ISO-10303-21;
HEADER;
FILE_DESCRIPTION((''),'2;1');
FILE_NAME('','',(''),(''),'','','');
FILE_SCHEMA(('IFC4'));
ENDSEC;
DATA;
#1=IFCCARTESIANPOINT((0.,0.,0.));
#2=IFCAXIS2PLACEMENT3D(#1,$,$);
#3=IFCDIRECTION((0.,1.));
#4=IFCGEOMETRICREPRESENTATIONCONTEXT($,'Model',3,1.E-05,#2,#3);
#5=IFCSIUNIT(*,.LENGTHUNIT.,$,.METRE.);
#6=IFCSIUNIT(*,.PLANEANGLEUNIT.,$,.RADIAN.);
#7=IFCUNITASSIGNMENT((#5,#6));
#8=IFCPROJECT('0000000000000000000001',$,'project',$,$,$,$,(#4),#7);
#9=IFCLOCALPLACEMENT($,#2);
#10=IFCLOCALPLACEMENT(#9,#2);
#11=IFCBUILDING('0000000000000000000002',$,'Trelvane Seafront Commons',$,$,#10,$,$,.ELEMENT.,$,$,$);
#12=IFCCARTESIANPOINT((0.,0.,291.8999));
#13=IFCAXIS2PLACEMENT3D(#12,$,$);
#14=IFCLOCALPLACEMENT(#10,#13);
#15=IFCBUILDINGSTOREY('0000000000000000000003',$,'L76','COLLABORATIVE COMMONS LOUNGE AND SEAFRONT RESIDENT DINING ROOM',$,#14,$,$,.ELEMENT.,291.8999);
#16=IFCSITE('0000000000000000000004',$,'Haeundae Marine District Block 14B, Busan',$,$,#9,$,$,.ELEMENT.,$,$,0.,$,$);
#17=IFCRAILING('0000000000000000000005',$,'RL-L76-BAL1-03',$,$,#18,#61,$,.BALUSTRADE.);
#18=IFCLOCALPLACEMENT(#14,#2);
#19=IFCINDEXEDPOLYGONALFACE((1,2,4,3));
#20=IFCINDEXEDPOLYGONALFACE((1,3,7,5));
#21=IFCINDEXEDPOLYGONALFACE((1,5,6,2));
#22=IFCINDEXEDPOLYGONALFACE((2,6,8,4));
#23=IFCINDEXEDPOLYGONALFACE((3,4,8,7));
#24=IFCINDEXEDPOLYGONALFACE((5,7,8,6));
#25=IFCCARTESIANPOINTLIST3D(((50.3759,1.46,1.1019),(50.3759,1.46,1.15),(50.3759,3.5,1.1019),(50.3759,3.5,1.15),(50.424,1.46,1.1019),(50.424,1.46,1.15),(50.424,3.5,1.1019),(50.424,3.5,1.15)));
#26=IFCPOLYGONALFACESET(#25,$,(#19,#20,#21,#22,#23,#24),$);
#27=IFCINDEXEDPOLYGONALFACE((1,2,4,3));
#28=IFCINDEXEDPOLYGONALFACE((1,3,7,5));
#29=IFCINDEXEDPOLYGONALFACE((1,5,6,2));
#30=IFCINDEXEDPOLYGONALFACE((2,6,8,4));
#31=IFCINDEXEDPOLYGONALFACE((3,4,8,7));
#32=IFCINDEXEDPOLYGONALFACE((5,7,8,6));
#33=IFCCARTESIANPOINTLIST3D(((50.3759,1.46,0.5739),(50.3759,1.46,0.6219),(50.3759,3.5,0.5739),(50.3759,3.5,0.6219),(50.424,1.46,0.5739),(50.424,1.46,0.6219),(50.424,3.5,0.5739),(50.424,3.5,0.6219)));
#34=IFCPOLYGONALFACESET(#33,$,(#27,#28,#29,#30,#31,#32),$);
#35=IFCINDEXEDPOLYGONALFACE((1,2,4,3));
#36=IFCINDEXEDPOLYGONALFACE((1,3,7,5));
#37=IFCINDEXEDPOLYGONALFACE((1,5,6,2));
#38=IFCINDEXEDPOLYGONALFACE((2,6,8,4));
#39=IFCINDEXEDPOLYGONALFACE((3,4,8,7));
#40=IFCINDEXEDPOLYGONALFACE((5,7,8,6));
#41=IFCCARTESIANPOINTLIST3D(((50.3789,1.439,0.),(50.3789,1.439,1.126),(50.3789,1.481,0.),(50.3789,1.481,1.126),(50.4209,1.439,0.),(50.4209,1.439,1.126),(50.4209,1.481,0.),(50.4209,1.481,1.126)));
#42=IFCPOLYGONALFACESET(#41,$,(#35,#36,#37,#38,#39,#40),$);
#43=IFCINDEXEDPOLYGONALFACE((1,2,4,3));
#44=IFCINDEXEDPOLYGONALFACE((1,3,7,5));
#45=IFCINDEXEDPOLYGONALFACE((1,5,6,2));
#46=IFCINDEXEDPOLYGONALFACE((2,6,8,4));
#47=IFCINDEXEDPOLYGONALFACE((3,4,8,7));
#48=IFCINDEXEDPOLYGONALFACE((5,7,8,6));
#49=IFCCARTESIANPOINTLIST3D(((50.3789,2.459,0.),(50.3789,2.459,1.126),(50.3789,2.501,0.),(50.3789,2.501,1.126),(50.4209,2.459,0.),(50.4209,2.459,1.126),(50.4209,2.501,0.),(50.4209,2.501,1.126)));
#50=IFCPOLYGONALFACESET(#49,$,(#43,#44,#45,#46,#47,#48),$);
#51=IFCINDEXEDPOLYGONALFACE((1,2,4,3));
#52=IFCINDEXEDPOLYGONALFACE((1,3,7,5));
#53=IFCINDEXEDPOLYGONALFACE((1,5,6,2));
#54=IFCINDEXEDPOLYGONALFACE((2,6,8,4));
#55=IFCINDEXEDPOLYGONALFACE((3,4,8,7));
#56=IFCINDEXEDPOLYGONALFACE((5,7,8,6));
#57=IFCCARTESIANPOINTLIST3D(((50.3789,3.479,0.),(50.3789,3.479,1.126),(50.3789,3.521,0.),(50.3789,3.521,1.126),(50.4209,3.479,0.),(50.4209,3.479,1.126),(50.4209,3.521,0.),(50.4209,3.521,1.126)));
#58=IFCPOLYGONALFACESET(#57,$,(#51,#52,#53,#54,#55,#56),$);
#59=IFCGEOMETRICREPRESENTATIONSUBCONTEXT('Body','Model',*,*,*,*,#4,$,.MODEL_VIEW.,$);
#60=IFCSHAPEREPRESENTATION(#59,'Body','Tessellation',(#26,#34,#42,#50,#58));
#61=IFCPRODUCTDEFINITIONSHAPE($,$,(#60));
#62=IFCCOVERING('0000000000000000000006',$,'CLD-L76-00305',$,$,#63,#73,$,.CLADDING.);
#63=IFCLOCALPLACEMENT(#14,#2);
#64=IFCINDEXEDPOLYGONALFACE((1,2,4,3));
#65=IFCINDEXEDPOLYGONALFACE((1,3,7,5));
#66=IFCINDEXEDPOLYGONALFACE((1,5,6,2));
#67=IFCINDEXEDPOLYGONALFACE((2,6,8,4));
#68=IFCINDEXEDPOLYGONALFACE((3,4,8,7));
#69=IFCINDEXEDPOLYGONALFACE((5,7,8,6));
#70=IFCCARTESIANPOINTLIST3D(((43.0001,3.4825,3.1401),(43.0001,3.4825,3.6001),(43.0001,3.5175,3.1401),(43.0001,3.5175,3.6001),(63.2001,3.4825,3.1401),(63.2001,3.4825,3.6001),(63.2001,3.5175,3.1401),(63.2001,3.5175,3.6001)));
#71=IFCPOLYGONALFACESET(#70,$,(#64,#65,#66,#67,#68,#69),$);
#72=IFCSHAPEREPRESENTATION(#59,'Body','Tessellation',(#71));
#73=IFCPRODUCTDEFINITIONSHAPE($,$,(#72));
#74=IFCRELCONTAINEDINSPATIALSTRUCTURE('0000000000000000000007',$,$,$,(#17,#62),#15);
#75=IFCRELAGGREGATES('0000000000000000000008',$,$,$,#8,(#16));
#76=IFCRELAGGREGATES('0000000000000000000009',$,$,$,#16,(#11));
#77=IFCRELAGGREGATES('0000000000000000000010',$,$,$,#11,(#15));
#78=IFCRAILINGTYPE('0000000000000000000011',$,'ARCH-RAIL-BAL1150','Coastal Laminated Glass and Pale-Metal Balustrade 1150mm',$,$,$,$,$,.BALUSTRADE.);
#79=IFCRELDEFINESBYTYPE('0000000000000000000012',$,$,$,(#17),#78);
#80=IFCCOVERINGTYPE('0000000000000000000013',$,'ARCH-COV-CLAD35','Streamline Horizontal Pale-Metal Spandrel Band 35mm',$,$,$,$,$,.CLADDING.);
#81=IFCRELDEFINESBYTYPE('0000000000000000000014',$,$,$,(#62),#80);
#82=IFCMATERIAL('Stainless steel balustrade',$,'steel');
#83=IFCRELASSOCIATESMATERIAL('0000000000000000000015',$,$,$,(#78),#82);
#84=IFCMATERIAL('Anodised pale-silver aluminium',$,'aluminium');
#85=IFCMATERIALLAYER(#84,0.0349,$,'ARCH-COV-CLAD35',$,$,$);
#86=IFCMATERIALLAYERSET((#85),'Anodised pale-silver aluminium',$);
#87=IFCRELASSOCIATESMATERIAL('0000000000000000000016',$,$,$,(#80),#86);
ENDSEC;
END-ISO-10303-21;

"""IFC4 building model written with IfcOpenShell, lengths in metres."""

from ifc_helpers import new_model, si_unit, direction, frame, origin, origin_2d, place, context, subcontext, project, spatial, rectangle, extrude, source, transform, mapped, material, layer, layer_set, type_object, element, save


model = new_model("IFC4")

# Units and contexts
model_context = context("Model", 3, precision=1e-05, world=origin(), true_north=direction((0.0, 1.0)))
body_context = subcontext(model_context, "Body", "Model", "MODEL_VIEW")
ifc_project = project(units=[si_unit("LENGTHUNIT", "METRE"), si_unit("PLANEANGLEUNIT", "RADIAN")], contexts=[model_context])

# Site, building, storey
site_placement = place(None, origin())
site = spatial("IfcSite", under=ifc_project, at=site_placement, Name="Haeundae Marine District Block 14B, Busan", CompositionType="ELEMENT", RefElevation=0.0)
building_placement = place(site_placement, origin())
building = spatial("IfcBuilding", under=site, at=building_placement, Name="Trelvane Seafront Commons", CompositionType="ELEMENT")
storey_placement = place(building_placement, frame((0.0, 0.0, 291.8999)))
storey = spatial("IfcBuildingStorey", under=building, at=storey_placement, Name="L76", Description="COLLABORATIVE COMMONS LOUNGE AND SEAFRONT RESIDENT DINING ROOM", CompositionType="ELEMENT", Elevation=291.8999)

# Shared definitions
ifc_material_1 = material(Name="Anodised pale-silver aluminium", Category="aluminium")

# Railing
ifc_material_2 = material(Name="Stainless steel balustrade", Category="steel")
railing_type = type_object("IfcRailingType", Name="ARCH-RAIL-BAL1150", Description="Coastal Laminated Glass and Pale-Metal Balustrade 1150mm", PredefinedType="BALUSTRADE", material=ifc_material_2)
railing_placement = place(storey_placement, frame((50.3999, 1.46, 0.0)))
element("IfcRailing", 1, at=railing_placement, inside=storey, type_object=railing_type, Name="RL-L76-BAL1-03", PredefinedType="BALUSTRADE", context=body_context, shape_type="SweptSolid", body=[
    extrude(rectangle(XDim=0.0481, YDim=0.0481, at=origin_2d()), frame((0.0, 0.0, 1.126), z_axis=(0.0, 1.0, 0.0), x_axis=(-1.0, 0.0, 0.0)), (0.0, 0.0, 1.0), 2.04),
    extrude(rectangle(XDim=0.0481, YDim=0.0481, at=origin_2d()), frame((0.0, 0.0, 0.5979), z_axis=(0.0, 1.0, 0.0), x_axis=(-1.0, 0.0, 0.0)), (0.0, 0.0, 1.0), 2.04),
    extrude(rectangle(XDim=0.042, YDim=0.042, at=origin_2d()), origin(), (0.0, 0.0, 1.0), 1.126),
    extrude(rectangle(XDim=0.042, YDim=0.042, at=origin_2d()), frame((0.0, 1.02, 0.0)), (0.0, 0.0, 1.0), 1.126),
    extrude(rectangle(XDim=0.042, YDim=0.042, at=origin_2d()), frame((0.0, 2.04, 0.0)), (0.0, 0.0, 1.0), 1.126),
])

# Covering
ifc_layer_1 = layer(ifc_material_1, 0.0349, Name="ARCH-COV-CLAD35")
ifc_layer_set_1 = layer_set([ifc_layer_1], Name="Anodised pale-silver aluminium")
covering_type = type_object("IfcCoveringType", Name="ARCH-COV-CLAD35", Description="Streamline Horizontal Pale-Metal Spandrel Band 35mm", PredefinedType="CLADDING", material=ifc_layer_set_1)
shared_shape_1 = source(origin(), body_context, "Body", "SweptSolid", [
    extrude(rectangle(XDim=20.2, YDim=0.0349, at=origin_2d()), origin(), (0.0, 0.0, 1.0), 0.46),
])
covering_placement = place(storey_placement, frame((53.1001, 3.5, 3.1401), z_axis=(0.0, 0.0, 1.0), x_axis=(-1.0, 0.0, 0.0)))
element("IfcCovering", 2, at=covering_placement, inside=storey, type_object=covering_type, Name="CLD-L76-00305", PredefinedType="CLADDING", context=body_context, shape_type="MappedRepresentation", body=[
    mapped(shared_shape_1, transform((0.0, 0.0, 0.0), x_axis=(1.0, 0.0, 0.0), y_axis=(0.0, 1.0, 0.0), z_axis=(0.0, 0.0, 1.0), scale=1.0)),
])

save(model, "model.ifc")
